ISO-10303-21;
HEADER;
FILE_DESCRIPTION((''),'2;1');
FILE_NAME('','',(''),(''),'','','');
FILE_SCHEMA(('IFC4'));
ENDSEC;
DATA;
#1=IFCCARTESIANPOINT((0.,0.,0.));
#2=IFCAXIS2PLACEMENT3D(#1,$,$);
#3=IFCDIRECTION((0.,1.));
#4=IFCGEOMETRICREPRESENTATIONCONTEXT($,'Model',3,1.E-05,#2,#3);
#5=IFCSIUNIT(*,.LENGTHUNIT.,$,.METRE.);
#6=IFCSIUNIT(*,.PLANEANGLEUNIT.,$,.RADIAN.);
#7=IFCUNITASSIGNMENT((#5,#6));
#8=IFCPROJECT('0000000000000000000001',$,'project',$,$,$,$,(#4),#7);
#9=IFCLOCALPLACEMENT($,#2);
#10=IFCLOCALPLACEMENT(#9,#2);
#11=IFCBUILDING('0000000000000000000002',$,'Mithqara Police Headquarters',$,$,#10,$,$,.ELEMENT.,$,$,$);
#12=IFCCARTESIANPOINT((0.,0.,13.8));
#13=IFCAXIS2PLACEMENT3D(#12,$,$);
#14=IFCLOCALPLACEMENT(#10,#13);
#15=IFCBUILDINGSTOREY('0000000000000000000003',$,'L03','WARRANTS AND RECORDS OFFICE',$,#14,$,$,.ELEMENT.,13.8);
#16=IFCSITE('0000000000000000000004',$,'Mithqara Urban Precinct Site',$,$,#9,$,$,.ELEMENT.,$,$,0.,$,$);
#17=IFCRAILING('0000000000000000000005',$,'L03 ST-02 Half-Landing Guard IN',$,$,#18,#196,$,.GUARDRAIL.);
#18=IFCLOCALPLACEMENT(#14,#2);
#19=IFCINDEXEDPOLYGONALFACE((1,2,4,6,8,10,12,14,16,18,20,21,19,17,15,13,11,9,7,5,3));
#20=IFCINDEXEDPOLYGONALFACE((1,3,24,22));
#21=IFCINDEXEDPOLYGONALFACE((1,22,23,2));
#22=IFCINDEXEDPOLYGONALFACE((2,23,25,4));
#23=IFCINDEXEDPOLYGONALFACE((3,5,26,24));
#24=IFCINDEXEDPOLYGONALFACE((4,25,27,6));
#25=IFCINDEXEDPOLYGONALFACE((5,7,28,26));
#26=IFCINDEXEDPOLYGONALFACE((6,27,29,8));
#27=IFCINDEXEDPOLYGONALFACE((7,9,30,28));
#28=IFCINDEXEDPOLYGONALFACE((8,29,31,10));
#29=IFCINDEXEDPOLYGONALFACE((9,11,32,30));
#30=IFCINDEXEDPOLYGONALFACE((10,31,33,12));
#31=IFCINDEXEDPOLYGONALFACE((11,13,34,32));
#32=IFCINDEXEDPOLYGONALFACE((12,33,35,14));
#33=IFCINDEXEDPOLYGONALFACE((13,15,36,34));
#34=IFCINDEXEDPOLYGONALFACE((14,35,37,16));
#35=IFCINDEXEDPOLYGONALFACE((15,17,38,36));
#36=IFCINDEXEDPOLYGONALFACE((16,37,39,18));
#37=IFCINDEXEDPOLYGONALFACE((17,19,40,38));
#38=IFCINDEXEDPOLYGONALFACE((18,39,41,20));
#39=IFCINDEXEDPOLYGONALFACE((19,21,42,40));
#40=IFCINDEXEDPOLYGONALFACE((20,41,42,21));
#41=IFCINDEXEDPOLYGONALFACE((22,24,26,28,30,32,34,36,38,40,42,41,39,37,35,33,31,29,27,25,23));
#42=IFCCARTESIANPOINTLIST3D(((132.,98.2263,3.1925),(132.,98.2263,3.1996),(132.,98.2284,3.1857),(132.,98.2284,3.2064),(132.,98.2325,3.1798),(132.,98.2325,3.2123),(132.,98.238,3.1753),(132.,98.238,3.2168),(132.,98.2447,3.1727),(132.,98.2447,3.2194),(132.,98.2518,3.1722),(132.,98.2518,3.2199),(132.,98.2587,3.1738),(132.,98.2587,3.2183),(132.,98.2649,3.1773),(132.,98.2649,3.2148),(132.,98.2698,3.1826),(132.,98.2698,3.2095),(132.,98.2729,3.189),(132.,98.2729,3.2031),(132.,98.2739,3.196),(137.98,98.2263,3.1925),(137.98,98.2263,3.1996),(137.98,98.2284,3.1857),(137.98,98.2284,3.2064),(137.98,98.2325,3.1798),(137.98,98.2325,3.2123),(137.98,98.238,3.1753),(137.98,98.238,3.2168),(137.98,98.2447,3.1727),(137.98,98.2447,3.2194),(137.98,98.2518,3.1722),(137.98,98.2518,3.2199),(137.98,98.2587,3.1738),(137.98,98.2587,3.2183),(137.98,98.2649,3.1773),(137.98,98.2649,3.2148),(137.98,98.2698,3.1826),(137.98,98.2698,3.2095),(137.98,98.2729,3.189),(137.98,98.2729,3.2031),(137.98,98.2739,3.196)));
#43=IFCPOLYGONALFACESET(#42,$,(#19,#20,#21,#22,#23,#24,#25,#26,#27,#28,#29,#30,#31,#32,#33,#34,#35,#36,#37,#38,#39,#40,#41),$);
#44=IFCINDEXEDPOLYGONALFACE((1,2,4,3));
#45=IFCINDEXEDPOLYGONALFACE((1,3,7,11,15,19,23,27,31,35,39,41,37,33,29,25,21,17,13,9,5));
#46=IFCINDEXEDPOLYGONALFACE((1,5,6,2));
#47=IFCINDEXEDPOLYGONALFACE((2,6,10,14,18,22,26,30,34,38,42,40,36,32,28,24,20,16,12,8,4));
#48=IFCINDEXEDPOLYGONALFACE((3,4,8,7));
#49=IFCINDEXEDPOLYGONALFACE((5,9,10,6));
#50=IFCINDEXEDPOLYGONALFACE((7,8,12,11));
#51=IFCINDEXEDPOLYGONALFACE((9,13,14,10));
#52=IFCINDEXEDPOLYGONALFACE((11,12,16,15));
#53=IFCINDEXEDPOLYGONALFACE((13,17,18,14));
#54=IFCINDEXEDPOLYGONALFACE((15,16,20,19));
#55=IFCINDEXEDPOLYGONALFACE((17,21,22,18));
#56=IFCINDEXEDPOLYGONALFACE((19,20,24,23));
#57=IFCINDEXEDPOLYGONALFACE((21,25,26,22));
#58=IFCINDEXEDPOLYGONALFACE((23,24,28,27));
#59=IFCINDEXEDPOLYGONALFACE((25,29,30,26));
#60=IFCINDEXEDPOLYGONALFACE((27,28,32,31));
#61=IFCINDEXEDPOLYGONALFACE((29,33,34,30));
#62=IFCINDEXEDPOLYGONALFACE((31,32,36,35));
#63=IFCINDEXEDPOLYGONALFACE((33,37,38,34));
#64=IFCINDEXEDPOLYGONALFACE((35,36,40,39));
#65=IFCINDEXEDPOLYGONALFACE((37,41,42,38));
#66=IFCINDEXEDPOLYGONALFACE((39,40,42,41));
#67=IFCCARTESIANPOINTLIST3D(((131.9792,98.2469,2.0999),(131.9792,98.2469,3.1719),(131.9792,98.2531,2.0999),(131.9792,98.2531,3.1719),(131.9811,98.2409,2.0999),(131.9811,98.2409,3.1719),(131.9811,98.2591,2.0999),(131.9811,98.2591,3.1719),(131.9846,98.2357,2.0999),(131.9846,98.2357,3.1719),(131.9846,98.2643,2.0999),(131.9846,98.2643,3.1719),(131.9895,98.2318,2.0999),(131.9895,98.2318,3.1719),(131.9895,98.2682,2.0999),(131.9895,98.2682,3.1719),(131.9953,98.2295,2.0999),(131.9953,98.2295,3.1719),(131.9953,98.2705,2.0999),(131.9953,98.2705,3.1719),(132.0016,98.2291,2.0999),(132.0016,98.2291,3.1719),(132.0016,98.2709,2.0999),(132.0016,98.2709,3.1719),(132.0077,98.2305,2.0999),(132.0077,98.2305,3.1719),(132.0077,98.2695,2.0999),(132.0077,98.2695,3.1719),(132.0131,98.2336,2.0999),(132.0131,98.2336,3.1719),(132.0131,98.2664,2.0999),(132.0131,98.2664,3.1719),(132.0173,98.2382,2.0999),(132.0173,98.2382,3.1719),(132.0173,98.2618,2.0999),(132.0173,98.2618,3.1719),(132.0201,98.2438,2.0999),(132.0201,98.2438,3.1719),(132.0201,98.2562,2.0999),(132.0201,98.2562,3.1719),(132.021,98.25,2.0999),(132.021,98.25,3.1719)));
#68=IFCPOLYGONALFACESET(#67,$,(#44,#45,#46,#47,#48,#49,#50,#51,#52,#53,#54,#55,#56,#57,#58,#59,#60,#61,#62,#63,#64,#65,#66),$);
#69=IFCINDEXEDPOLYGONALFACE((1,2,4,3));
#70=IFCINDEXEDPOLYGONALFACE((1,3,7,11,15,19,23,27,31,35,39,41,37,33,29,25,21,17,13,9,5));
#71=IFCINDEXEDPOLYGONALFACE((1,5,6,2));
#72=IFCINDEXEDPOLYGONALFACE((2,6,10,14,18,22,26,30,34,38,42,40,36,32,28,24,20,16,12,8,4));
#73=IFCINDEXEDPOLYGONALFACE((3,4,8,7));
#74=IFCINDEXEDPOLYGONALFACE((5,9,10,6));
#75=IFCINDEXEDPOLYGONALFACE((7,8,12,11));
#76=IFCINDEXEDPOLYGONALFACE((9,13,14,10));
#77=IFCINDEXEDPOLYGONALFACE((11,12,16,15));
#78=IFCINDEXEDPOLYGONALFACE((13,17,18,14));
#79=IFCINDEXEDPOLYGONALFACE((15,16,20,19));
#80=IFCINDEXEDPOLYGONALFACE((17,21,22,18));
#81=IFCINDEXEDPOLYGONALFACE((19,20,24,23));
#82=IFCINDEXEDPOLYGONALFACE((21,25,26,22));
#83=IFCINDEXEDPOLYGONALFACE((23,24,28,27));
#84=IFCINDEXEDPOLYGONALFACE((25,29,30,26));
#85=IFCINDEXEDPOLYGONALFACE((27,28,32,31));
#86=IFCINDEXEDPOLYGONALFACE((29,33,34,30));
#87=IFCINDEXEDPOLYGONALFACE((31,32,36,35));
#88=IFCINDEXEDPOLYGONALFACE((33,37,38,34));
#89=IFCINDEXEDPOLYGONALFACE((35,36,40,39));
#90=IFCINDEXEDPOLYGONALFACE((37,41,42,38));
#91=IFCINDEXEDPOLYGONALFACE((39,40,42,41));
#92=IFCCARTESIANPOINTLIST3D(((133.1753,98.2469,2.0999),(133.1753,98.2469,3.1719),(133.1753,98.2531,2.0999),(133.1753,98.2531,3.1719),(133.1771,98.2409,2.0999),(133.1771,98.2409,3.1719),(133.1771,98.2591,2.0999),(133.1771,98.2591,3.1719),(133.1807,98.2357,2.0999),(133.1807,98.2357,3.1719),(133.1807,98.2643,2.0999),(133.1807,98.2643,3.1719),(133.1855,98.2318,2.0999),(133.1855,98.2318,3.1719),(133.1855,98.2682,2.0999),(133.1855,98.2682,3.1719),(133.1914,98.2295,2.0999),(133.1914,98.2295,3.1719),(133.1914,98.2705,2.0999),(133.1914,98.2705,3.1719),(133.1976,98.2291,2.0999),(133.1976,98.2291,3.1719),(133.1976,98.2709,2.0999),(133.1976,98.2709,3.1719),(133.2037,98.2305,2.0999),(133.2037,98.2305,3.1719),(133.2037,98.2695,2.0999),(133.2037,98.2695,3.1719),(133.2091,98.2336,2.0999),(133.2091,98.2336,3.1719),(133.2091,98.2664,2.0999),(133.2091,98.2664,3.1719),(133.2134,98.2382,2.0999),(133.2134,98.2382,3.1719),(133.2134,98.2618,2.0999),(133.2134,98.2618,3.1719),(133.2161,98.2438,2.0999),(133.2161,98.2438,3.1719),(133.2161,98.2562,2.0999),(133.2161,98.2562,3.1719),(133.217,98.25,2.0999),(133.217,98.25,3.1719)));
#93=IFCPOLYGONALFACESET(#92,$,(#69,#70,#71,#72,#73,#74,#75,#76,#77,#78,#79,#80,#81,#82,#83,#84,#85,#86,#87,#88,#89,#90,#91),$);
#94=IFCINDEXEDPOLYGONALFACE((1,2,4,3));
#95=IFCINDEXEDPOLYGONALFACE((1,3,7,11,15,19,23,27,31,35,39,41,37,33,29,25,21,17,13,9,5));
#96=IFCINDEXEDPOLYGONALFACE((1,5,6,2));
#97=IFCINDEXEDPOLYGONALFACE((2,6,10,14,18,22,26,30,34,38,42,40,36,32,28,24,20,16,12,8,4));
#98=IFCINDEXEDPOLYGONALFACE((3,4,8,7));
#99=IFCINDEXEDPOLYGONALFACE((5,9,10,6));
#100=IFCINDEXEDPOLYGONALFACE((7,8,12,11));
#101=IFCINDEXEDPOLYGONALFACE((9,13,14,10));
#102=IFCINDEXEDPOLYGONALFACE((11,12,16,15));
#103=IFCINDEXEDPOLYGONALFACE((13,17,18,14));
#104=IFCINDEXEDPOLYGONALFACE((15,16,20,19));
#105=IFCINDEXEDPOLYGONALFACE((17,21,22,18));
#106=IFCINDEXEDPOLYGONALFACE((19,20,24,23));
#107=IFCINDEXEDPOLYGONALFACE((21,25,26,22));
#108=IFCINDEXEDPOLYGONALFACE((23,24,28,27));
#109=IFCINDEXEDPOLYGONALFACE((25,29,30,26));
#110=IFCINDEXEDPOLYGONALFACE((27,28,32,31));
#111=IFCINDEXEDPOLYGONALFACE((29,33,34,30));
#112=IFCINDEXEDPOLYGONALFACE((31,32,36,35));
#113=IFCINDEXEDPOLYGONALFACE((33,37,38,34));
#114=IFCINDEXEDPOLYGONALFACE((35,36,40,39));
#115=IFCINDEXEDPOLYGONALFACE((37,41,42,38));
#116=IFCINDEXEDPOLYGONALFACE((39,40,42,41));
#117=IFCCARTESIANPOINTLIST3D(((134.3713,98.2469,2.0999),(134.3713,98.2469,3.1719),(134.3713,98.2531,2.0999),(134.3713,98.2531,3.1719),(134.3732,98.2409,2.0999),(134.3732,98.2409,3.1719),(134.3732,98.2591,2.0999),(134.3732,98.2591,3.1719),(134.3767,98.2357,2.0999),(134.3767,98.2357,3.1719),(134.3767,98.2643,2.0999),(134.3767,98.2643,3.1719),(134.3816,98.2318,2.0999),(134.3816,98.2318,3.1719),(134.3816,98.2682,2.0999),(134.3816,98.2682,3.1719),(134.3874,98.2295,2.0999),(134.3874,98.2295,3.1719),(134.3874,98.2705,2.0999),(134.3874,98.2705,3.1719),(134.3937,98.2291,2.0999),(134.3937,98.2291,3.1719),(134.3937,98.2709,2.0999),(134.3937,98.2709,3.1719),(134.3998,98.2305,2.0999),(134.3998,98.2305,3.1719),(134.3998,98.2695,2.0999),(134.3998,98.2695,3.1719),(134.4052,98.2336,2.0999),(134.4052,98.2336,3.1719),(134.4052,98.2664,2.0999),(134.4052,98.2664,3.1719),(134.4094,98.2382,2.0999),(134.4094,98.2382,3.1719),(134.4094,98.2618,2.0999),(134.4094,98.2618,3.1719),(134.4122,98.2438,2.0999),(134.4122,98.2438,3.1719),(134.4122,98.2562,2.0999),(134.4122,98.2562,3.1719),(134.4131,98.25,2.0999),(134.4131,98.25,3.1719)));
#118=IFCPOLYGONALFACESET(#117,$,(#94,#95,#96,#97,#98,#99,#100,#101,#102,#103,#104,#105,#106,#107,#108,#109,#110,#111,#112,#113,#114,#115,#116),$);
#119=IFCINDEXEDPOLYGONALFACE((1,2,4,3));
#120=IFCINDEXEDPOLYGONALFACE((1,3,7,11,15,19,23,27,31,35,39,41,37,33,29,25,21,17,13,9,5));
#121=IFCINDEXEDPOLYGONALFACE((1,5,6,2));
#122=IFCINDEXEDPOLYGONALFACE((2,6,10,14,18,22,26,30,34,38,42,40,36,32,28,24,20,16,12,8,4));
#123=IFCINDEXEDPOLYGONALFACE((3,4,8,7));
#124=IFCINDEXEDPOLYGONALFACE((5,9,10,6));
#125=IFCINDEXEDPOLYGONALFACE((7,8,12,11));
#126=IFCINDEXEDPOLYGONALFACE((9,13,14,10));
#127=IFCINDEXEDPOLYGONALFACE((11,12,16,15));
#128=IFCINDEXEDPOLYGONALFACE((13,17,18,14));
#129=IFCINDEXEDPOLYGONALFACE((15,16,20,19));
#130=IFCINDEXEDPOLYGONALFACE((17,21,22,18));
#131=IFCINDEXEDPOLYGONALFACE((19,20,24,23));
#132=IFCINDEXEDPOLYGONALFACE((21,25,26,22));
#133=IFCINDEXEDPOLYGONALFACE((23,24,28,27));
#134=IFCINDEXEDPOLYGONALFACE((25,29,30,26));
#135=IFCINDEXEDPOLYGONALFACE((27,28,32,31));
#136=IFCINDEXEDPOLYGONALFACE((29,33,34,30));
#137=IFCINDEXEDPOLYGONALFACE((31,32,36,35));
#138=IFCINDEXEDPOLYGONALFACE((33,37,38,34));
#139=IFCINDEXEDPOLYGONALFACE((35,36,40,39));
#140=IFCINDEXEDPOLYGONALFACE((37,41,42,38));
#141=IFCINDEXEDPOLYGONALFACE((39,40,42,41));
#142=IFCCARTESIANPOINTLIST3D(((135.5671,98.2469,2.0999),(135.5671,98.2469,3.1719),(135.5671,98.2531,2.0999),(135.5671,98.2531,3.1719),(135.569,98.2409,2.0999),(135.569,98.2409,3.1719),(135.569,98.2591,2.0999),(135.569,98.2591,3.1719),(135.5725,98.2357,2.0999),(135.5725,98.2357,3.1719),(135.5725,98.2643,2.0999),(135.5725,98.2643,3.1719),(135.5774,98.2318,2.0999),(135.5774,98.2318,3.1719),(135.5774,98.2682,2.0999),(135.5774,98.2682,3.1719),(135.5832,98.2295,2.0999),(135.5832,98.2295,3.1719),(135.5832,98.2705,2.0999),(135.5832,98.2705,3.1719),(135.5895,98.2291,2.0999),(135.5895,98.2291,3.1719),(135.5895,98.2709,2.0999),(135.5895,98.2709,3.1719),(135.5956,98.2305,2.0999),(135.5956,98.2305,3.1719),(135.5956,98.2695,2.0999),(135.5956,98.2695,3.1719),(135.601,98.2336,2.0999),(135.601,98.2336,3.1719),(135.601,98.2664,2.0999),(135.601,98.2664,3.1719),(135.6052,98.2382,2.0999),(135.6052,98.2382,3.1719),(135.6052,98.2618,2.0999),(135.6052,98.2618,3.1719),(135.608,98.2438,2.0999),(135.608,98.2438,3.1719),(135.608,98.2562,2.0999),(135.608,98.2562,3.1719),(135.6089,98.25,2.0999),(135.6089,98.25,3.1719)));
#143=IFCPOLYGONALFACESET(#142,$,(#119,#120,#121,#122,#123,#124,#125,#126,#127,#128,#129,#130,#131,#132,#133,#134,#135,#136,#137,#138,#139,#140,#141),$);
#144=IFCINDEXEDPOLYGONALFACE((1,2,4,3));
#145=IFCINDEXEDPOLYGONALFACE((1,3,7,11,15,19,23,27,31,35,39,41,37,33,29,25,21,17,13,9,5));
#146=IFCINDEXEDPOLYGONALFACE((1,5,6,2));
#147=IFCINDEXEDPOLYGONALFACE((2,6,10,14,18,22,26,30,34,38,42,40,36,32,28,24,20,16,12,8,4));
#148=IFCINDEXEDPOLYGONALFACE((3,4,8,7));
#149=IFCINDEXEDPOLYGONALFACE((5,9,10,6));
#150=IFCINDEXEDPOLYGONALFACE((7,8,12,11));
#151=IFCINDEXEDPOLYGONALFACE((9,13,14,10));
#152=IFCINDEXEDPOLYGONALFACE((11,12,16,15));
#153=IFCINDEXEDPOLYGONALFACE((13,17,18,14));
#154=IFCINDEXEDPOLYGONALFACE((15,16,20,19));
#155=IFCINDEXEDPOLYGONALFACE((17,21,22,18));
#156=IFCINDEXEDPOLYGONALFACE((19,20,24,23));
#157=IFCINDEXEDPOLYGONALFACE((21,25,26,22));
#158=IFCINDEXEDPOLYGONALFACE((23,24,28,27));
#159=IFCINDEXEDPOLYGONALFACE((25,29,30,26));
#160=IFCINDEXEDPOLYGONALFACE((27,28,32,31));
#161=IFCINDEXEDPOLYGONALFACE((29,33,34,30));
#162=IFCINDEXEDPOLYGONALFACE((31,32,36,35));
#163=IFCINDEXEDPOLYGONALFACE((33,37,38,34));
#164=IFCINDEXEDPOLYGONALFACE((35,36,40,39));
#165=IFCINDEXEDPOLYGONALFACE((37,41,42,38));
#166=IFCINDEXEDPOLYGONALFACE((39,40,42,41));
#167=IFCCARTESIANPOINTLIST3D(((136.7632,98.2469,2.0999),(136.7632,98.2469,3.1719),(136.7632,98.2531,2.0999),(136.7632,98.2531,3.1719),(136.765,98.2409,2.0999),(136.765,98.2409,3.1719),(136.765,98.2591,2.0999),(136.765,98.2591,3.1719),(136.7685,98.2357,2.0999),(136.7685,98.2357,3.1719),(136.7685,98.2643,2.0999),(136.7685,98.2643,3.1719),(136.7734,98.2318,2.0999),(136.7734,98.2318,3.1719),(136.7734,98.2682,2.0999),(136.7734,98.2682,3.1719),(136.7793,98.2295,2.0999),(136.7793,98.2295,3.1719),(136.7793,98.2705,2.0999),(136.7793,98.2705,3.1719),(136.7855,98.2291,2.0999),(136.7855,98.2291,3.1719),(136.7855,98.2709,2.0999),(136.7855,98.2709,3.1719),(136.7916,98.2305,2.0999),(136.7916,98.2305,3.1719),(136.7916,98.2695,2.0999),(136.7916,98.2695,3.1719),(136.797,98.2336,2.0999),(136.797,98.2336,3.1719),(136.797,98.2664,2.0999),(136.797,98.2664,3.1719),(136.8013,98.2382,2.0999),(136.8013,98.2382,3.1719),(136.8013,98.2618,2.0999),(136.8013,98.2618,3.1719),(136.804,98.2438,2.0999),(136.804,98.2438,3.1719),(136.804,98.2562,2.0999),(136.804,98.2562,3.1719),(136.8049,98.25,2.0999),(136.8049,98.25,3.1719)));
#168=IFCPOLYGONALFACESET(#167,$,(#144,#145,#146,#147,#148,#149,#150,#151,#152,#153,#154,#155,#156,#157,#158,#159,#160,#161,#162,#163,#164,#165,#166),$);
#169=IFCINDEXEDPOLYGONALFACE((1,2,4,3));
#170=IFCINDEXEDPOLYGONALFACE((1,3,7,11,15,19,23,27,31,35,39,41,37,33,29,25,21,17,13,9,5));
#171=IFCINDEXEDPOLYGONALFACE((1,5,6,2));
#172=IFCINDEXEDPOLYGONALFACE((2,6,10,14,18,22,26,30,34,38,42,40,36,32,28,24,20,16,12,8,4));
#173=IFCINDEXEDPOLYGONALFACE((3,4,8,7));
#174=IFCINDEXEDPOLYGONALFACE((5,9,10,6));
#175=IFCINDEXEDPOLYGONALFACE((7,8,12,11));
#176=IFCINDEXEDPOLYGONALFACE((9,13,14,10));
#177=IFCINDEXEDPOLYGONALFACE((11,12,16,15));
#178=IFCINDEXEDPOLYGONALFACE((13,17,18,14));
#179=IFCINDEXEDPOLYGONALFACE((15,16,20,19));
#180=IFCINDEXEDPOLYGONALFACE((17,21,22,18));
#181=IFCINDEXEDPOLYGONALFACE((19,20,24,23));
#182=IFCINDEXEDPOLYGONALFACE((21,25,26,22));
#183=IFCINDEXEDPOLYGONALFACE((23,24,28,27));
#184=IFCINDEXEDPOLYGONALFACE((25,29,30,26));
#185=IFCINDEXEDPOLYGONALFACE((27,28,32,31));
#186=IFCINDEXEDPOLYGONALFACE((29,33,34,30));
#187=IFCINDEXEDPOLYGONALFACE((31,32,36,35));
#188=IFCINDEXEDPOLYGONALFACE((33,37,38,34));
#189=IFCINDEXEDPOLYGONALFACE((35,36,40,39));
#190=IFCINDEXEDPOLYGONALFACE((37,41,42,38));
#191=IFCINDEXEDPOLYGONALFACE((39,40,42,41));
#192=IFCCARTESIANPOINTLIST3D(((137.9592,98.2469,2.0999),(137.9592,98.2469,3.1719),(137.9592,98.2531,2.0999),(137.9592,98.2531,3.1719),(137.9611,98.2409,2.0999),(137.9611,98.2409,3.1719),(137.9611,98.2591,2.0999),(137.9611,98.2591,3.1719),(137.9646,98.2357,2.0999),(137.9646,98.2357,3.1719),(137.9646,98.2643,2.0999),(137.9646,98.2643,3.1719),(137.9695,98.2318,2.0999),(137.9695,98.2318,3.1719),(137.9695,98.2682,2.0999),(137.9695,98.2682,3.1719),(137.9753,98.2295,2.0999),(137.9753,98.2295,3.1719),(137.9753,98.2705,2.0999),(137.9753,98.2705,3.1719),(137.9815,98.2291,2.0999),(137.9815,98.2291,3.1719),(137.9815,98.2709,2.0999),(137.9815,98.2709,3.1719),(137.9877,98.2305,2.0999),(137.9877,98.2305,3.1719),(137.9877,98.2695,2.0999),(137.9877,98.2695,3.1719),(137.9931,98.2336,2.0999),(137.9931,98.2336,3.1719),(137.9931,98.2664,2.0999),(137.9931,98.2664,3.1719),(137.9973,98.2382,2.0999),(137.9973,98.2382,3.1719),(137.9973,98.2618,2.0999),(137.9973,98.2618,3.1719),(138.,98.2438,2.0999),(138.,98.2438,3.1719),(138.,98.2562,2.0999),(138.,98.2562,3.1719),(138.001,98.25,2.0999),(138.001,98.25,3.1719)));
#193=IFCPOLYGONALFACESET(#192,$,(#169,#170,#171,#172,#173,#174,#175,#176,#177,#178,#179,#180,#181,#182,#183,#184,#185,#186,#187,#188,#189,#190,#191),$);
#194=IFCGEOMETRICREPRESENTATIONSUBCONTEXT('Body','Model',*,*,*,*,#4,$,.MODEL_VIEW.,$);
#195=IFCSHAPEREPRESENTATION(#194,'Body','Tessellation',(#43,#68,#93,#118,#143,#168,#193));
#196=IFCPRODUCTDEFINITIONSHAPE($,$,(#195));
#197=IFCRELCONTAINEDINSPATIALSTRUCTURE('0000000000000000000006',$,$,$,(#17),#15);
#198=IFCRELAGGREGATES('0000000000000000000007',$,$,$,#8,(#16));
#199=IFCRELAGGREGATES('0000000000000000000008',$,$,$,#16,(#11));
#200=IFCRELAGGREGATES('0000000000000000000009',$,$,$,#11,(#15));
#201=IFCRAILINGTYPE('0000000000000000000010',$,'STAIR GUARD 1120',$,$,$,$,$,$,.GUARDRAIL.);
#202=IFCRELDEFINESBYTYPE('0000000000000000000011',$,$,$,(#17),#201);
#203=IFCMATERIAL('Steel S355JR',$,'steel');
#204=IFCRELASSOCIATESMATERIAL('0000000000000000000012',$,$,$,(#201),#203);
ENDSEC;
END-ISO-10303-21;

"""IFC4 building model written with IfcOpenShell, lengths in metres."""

from ifc_helpers import new_model, si_unit, direction, frame, origin, origin_2d, place, context, subcontext, project, spatial, circle, extrude, material, type_object, element, save


model = new_model("IFC4")

# Units and contexts
model_context = context("Model", 3, precision=1e-05, world=origin(), true_north=direction((0.0, 1.0)))
body_context = subcontext(model_context, "Body", "Model", "MODEL_VIEW")
ifc_project = project(units=[si_unit("LENGTHUNIT", "METRE"), si_unit("PLANEANGLEUNIT", "RADIAN")], contexts=[model_context])

# Site, building, storey
site_placement = place(None, origin())
site = spatial("IfcSite", under=ifc_project, at=site_placement, Name="Mithqara Urban Precinct Site", CompositionType="ELEMENT", RefElevation=0.0)
building_placement = place(site_placement, origin())
building = spatial("IfcBuilding", under=site, at=building_placement, Name="Mithqara Police Headquarters", CompositionType="ELEMENT")
storey_placement = place(building_placement, frame((0.0, 0.0, 13.8)))
storey = spatial("IfcBuildingStorey", under=building, at=storey_placement, Name="L03", Description="WARRANTS AND RECORDS OFFICE", CompositionType="ELEMENT", Elevation=13.8)

# Shared definitions
ifc_material_1 = material(Name="Steel S355JR", Category="steel")

# Railing
railing_type = type_object("IfcRailingType", Name="STAIR GUARD 1120", PredefinedType="GUARDRAIL", material=ifc_material_1)
for number, where, name in (
    (1, (132.0, 98.25, 2.0999), "L03 ST-02 Half-Landing Guard IN"),
):
    element("IfcRailing", number, at=place(storey_placement, frame(where)), inside=storey, type_object=railing_type, Name=name, PredefinedType="GUARDRAIL", context=body_context, shape_type="SweptSolid", body=[
        extrude(circle(Radius=0.0239, at=origin_2d()), frame((0.0, 0.0, 1.0962), z_axis=(1.0, 0.0, 0.0), x_axis=(0.0, 1.0, 0.0)), (0.0, 0.0, 1.0), 5.98),
        extrude(circle(Radius=0.021, at=origin_2d()), origin(), (0.0, 0.0, 1.0), 1.072),
        extrude(circle(Radius=0.021, at=origin_2d()), frame((1.196, 0.0, 0.0)), (0.0, 0.0, 1.0), 1.072),
        extrude(circle(Radius=0.021, at=origin_2d()), frame((2.3921, 0.0, 0.0)), (0.0, 0.0, 1.0), 1.072),
        extrude(circle(Radius=0.021, at=origin_2d()), frame((3.5879, 0.0, 0.0)), (0.0, 0.0, 1.0), 1.072),
        extrude(circle(Radius=0.021, at=origin_2d()), frame((4.7839, 0.0, 0.0)), (0.0, 0.0, 1.0), 1.072),
        extrude(circle(Radius=0.021, at=origin_2d()), frame((5.98, 0.0, 0.0)), (0.0, 0.0, 1.0), 1.072),
    ])

save(model, "model.ifc")
